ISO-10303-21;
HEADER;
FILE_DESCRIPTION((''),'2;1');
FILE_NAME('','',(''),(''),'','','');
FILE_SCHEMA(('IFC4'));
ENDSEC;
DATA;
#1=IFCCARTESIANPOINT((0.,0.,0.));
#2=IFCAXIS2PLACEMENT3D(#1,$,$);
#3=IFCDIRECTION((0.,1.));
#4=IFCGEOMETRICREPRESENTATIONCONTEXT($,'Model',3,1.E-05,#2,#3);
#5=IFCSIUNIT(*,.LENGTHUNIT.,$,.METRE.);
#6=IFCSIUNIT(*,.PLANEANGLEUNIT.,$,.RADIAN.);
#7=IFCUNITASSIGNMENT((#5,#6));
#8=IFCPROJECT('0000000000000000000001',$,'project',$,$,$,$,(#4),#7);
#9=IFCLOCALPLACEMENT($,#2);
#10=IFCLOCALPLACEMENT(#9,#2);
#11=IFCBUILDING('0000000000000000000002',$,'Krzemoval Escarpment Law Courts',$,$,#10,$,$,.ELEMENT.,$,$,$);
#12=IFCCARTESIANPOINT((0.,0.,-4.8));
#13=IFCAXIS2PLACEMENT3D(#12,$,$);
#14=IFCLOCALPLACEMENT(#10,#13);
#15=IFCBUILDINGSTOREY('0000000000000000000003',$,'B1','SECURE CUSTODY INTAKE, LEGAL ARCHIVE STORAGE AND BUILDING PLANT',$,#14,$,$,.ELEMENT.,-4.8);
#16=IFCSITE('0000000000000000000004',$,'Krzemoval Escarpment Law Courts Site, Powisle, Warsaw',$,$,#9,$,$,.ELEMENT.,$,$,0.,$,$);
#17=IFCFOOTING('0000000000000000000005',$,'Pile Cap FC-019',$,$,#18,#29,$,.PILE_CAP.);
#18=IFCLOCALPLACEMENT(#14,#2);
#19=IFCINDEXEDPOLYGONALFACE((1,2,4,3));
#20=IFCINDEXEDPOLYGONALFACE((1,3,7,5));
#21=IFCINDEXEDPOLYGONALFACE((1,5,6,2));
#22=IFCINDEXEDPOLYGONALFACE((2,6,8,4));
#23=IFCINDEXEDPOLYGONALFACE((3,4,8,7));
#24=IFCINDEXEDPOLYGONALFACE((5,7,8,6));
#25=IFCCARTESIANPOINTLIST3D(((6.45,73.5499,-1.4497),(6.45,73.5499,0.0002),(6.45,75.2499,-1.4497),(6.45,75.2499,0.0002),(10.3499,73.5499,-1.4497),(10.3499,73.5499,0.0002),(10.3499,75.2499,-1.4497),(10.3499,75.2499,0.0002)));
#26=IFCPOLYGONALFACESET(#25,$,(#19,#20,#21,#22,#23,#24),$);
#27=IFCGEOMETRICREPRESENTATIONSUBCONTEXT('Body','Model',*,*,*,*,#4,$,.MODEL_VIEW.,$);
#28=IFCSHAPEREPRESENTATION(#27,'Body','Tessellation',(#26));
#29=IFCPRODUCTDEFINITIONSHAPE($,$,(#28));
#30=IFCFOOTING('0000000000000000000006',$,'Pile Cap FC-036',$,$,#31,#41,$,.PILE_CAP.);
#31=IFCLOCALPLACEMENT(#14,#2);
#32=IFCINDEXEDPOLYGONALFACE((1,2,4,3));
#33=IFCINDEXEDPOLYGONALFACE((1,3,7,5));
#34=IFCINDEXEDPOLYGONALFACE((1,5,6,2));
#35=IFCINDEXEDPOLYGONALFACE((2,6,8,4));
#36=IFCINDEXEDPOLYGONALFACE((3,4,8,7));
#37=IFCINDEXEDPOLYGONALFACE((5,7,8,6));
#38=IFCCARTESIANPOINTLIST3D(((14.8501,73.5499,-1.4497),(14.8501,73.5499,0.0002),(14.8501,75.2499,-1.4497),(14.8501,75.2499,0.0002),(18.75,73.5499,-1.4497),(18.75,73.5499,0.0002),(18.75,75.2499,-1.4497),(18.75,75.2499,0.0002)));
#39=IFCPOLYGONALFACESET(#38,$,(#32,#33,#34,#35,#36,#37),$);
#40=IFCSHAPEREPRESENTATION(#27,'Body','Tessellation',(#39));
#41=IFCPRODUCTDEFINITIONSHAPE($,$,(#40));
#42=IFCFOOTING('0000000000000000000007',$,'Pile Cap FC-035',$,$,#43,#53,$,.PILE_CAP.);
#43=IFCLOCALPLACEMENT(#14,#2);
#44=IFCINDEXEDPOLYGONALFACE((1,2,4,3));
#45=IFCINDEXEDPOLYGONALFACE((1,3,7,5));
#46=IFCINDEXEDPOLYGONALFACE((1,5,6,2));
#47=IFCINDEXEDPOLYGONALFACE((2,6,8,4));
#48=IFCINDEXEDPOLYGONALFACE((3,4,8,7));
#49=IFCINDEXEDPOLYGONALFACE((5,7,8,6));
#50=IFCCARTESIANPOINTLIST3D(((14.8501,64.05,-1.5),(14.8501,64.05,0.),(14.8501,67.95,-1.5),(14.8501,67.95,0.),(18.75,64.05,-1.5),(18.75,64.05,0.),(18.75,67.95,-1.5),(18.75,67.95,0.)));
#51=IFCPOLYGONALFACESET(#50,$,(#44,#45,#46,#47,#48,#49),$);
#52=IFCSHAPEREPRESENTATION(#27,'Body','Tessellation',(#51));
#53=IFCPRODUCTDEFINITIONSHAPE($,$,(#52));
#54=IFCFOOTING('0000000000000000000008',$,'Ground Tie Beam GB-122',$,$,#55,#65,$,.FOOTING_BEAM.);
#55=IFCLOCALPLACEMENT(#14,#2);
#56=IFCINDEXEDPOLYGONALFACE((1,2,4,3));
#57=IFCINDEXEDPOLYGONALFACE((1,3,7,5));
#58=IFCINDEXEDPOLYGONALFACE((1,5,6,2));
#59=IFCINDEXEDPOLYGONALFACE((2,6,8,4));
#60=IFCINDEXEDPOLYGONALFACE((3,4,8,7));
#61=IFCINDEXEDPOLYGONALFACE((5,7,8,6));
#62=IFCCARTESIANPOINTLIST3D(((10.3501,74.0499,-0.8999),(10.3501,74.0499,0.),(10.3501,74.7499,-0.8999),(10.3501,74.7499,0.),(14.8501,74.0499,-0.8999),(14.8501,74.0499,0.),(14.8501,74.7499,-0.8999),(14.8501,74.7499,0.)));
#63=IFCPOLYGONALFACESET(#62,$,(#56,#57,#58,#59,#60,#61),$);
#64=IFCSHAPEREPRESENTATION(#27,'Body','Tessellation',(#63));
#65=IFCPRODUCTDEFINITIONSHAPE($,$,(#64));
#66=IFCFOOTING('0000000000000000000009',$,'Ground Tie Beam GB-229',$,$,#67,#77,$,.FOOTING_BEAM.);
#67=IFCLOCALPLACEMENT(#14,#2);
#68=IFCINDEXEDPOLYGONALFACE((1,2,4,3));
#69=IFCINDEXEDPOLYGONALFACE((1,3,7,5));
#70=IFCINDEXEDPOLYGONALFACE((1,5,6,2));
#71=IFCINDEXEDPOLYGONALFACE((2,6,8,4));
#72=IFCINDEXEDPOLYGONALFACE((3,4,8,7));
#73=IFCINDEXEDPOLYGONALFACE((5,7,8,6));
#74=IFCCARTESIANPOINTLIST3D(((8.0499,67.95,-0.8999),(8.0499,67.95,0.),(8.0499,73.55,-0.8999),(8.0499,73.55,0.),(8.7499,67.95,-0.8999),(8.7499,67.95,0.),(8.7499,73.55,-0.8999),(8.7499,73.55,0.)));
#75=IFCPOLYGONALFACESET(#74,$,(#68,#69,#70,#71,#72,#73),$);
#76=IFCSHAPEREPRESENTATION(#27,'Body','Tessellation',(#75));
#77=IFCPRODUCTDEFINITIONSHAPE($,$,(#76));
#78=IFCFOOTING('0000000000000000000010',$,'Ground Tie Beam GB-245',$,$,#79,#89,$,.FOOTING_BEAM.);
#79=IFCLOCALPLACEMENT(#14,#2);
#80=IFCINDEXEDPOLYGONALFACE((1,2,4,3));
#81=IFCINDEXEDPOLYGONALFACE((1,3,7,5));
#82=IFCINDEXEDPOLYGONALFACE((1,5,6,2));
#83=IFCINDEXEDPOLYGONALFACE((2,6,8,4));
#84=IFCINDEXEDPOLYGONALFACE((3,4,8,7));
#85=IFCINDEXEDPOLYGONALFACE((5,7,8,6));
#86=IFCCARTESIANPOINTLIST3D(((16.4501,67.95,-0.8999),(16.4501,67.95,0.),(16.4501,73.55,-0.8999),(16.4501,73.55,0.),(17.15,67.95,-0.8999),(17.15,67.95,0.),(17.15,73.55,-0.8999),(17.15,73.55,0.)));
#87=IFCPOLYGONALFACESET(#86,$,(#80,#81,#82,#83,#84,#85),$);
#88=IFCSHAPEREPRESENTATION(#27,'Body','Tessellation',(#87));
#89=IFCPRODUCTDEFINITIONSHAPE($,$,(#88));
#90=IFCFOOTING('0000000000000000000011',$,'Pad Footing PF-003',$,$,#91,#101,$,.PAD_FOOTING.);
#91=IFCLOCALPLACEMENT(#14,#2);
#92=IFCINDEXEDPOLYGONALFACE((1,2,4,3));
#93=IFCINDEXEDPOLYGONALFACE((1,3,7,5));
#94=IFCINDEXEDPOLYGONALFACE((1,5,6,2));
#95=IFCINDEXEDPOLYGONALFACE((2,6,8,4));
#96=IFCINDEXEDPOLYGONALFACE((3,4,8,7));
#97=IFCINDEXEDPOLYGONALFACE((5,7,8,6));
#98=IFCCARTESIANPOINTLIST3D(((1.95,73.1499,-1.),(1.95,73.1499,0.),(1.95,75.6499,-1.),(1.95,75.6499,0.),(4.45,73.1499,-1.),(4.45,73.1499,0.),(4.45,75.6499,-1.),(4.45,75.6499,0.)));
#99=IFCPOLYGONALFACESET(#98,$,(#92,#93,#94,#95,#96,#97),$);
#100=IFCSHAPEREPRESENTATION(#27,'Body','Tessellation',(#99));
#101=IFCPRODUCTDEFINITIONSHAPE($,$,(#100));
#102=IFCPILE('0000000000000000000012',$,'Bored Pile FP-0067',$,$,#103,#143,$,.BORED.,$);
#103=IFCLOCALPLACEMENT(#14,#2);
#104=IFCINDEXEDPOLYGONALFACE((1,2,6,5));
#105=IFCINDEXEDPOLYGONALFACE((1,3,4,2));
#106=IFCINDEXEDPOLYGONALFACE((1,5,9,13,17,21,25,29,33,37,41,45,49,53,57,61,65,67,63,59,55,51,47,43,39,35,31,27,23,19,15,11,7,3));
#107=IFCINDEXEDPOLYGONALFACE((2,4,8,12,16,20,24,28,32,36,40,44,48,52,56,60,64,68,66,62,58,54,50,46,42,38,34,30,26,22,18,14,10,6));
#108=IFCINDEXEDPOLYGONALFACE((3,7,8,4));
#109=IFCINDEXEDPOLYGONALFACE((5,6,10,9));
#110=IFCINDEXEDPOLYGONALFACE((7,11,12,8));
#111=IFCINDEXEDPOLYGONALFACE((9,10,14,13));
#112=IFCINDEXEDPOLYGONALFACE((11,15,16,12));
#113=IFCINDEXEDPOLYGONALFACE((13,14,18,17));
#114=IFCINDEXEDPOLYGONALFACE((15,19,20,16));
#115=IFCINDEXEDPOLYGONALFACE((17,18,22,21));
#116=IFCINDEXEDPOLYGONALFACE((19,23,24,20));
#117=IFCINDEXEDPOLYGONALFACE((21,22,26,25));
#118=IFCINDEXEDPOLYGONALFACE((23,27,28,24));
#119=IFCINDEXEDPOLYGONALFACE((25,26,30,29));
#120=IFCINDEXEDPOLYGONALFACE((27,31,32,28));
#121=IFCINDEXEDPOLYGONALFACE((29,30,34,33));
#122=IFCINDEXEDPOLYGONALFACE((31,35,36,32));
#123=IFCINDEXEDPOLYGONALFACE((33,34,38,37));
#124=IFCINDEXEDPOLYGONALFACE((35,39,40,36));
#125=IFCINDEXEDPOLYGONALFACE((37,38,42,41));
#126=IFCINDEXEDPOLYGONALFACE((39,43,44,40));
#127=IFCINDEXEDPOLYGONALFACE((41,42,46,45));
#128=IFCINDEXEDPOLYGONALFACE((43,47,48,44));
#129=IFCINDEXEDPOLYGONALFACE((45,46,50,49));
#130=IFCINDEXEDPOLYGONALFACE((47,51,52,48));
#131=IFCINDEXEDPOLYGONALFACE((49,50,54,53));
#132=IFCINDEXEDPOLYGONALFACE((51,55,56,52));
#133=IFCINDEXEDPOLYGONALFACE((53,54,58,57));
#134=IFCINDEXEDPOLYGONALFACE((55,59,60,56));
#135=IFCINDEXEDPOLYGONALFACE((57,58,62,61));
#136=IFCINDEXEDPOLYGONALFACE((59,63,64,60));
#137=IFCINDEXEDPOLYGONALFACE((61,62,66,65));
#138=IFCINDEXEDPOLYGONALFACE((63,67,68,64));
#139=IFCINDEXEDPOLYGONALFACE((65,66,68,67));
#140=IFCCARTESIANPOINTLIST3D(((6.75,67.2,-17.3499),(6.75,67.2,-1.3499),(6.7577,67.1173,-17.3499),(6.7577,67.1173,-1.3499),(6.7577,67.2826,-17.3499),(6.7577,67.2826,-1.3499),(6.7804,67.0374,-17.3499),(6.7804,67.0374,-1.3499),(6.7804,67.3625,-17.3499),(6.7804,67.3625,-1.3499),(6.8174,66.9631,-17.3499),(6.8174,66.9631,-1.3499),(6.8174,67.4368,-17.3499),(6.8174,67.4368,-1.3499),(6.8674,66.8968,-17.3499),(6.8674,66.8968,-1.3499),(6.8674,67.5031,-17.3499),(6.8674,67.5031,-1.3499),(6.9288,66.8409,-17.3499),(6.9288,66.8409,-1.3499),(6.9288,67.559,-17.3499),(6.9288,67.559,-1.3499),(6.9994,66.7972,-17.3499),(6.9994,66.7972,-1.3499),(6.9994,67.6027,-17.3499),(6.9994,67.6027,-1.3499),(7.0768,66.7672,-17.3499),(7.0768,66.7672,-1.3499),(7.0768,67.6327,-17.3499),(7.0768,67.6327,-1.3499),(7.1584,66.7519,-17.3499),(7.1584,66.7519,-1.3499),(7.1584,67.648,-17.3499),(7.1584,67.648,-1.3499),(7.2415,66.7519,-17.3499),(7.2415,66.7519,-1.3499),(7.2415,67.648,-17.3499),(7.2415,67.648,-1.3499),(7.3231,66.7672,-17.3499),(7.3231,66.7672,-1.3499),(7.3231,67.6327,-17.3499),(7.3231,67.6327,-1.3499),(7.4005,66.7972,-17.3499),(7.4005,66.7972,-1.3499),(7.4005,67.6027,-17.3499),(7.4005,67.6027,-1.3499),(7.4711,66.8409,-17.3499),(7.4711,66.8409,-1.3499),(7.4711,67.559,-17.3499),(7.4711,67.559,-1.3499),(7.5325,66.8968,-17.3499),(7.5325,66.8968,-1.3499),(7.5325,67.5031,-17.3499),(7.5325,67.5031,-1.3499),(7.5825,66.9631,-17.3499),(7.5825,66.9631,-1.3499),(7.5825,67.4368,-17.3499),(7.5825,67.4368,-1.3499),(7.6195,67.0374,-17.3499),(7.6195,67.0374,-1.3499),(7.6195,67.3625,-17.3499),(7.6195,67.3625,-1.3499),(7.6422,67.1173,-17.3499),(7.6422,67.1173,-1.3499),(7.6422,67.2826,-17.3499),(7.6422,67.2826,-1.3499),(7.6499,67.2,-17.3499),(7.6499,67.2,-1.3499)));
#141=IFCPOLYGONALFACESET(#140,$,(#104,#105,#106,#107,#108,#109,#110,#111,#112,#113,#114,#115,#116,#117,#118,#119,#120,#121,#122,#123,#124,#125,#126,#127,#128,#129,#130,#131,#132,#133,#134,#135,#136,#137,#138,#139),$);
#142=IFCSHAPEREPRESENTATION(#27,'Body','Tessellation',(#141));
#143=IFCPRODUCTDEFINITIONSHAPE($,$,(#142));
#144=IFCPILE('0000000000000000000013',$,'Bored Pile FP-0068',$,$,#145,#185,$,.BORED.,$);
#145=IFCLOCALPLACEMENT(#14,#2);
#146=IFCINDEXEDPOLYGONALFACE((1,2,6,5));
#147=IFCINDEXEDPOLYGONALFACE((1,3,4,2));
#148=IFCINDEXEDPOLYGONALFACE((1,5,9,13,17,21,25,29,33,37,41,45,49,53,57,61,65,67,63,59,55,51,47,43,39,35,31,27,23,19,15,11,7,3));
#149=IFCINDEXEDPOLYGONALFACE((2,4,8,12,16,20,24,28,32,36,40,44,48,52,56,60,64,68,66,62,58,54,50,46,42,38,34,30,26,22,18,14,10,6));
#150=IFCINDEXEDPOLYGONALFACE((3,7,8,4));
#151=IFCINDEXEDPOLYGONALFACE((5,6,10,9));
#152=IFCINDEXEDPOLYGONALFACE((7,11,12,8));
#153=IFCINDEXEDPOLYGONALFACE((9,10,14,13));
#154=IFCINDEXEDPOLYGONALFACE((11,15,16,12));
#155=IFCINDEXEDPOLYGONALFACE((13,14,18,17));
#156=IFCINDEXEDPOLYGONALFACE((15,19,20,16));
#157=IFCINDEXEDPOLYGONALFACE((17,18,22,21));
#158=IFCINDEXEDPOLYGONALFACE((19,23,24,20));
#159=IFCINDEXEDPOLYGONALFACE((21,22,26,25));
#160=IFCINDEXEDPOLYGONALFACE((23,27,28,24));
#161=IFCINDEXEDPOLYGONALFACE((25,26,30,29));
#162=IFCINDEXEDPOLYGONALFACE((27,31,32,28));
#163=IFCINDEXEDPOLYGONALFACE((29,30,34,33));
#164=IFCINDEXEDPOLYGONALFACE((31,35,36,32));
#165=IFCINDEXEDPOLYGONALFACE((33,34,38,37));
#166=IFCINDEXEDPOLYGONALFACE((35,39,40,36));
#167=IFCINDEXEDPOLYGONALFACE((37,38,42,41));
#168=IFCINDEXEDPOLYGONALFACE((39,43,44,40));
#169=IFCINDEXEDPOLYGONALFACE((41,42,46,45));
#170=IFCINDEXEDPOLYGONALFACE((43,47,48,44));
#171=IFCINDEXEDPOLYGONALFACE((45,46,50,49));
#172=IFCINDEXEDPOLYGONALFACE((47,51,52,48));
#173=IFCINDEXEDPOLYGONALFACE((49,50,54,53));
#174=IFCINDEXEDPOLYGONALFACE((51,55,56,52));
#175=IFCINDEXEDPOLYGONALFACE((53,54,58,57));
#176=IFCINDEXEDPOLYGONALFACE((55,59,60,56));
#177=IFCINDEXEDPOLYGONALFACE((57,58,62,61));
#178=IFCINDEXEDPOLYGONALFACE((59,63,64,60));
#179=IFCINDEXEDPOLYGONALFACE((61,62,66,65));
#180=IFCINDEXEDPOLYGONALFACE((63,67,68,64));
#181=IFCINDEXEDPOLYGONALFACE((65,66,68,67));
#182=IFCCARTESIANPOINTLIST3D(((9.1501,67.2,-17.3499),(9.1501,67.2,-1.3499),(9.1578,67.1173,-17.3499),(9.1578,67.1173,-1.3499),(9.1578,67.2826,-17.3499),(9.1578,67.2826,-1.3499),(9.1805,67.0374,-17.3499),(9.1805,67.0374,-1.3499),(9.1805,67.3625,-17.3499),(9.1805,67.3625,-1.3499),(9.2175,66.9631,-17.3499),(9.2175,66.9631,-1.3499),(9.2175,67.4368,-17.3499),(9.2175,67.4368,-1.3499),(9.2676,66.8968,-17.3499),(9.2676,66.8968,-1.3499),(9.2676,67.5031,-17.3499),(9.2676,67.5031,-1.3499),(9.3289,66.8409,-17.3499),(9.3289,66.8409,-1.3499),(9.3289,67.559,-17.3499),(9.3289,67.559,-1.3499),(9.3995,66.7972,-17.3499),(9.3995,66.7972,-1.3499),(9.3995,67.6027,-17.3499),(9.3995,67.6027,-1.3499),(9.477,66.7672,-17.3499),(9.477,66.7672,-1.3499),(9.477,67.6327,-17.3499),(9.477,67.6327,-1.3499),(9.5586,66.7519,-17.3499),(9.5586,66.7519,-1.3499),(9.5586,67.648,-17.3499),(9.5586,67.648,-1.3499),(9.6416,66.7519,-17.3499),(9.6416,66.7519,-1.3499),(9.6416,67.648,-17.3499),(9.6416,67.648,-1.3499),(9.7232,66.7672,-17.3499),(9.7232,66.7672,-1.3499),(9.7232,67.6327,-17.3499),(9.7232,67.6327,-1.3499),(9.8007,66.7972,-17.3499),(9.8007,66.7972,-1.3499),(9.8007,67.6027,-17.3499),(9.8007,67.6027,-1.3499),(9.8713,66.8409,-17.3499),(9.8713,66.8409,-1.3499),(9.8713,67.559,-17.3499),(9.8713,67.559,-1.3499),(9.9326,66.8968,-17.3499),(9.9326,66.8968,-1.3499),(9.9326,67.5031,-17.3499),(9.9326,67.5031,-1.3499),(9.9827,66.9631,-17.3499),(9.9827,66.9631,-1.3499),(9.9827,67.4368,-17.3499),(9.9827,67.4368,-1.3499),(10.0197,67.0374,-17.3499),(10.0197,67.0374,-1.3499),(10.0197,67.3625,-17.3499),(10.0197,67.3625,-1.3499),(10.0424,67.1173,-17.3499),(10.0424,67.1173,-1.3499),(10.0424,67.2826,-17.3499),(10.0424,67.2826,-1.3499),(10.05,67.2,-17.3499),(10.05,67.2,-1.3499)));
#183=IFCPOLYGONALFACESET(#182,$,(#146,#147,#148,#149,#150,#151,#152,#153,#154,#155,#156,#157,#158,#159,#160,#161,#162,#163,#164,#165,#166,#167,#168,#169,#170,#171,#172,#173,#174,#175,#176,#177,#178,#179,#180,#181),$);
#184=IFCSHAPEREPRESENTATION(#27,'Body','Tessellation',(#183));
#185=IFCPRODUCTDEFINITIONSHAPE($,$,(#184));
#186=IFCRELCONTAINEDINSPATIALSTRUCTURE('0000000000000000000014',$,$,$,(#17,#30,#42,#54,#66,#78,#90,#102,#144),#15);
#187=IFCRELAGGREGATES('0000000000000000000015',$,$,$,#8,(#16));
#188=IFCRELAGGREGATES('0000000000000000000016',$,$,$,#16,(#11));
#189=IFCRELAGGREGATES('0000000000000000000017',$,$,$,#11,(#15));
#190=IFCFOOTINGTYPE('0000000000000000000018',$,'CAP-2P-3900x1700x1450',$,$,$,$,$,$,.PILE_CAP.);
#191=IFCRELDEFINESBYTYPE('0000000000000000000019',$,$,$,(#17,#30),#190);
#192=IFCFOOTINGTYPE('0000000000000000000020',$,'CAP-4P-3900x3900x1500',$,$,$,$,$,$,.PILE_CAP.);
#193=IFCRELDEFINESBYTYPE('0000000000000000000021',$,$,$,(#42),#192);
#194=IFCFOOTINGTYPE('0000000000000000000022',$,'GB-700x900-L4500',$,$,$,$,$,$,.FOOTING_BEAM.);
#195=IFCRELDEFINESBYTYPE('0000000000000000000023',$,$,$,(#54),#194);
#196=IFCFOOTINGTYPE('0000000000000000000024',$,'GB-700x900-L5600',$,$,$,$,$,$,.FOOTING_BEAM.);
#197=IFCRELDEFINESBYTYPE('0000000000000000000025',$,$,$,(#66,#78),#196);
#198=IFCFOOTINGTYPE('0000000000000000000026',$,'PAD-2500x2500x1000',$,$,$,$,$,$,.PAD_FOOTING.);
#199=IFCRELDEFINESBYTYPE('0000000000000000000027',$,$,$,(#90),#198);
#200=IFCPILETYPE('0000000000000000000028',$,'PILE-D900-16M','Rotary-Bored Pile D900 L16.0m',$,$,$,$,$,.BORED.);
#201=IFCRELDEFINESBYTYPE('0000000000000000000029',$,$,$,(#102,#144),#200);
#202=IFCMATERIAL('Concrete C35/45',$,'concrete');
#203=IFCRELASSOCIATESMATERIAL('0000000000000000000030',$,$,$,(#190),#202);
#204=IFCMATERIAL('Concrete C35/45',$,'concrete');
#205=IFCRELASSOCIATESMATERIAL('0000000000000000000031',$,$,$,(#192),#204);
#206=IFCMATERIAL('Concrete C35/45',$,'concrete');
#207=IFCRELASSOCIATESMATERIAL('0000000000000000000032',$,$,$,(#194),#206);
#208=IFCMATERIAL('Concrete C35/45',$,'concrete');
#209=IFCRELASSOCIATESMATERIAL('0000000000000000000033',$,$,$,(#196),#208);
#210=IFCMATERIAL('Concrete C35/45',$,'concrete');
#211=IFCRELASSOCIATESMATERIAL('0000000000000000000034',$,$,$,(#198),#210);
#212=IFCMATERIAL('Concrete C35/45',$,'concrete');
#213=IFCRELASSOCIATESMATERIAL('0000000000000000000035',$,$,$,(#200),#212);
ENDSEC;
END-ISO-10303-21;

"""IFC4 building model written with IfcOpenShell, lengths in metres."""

from ifc_helpers import new_model, si_unit, direction, frame, origin, origin_2d, place, context, subcontext, project, spatial, rectangle, circle, extrude, material, material_profile, profile_set, type_object, element, save


model = new_model("IFC4")

# Units and contexts
model_context = context("Model", 3, precision=1e-05, world=origin(), true_north=direction((0.0, 1.0)))
body_context = subcontext(model_context, "Body", "Model", "MODEL_VIEW")
ifc_project = project(units=[si_unit("LENGTHUNIT", "METRE"), si_unit("PLANEANGLEUNIT", "RADIAN")], contexts=[model_context])

# Site, building, storey
site_placement = place(None, origin())
site = spatial("IfcSite", under=ifc_project, at=site_placement, Name="Krzemoval Escarpment Law Courts Site, Powisle, Warsaw", CompositionType="ELEMENT", RefElevation=0.0)
building_placement = place(site_placement, origin())
building = spatial("IfcBuilding", under=site, at=building_placement, Name="Krzemoval Escarpment Law Courts", CompositionType="ELEMENT")
storey_placement = place(building_placement, frame((0.0, 0.0, -4.8)))
storey = spatial("IfcBuildingStorey", under=building, at=storey_placement, Name="B1", Description="SECURE CUSTODY INTAKE, LEGAL ARCHIVE STORAGE AND BUILDING PLANT", CompositionType="ELEMENT", Elevation=-4.8)

# Footings
ifc_material_1 = material(Name="Concrete C35/45", Category="concrete")
footing_type_1 = type_object("IfcFootingType", Name="CAP-2P-3900x1700x1450", PredefinedType="PILE_CAP", material=ifc_material_1)
for number, where, z_axis, x_axis, name in (
    (1, (8.3999, 74.3999, -1.4497), (0.0, 0.0, 1.0), (1.0, 0.0, 0.0), "Pile Cap FC-019"),
    (2, (16.8, 74.3999, -1.4497), (0.0, 0.0, 1.0), (1.0, 0.0, 0.0), "Pile Cap FC-036"),
):
    element("IfcFooting", number, at=place(storey_placement, frame(where, z_axis=z_axis, x_axis=x_axis)), inside=storey, type_object=footing_type_1, Name=name, PredefinedType="PILE_CAP", context=body_context, shape_type="SweptSolid", body=[
        extrude(rectangle(XDim=3.8999, YDim=1.7, at=origin_2d()), origin(), (0.0, 0.0, 1.0), 1.45),
    ])
ifc_material_2 = material(Name="Concrete C35/45", Category="concrete")
footing_type_2 = type_object("IfcFootingType", Name="CAP-4P-3900x3900x1500", PredefinedType="PILE_CAP", material=ifc_material_2)
footing_1_placement = place(storey_placement, frame((16.8, 66.0, -1.5), z_axis=(0.0, 0.0, 1.0), x_axis=(1.0, 0.0, 0.0)))
element("IfcFooting", 3, at=footing_1_placement, inside=storey, type_object=footing_type_2, Name="Pile Cap FC-035", PredefinedType="PILE_CAP", context=body_context, shape_type="SweptSolid", body=[
    extrude(rectangle(XDim=3.8999, YDim=3.8999, at=origin_2d()), origin(), (0.0, 0.0, 1.0), 1.5),
])
ifc_material_3 = material(Name="Concrete C35/45", Category="concrete")
footing_type_3 = type_object("IfcFootingType", Name="GB-700x900-L4500", PredefinedType="FOOTING_BEAM", material=ifc_material_3)
footing_2_placement = place(storey_placement, frame((12.6001, 74.3999, -0.8999), z_axis=(0.0, 0.0, 1.0), x_axis=(1.0, 0.0, 0.0)))
element("IfcFooting", 4, at=footing_2_placement, inside=storey, type_object=footing_type_3, Name="Ground Tie Beam GB-122", PredefinedType="FOOTING_BEAM", context=body_context, shape_type="SweptSolid", body=[
    extrude(rectangle(XDim=4.5, YDim=0.7, at=origin_2d()), origin(), (0.0, 0.0, 1.0), 0.8999),
])
ifc_material_4 = material(Name="Concrete C35/45", Category="concrete")
footing_type_4 = type_object("IfcFootingType", Name="GB-700x900-L5600", PredefinedType="FOOTING_BEAM", material=ifc_material_4)
for number, where, z_axis, x_axis, name in (
    (5, (8.3999, 70.75, -0.8999), (0.0, 0.0, 1.0), (0.0, 1.0, 0.0), "Ground Tie Beam GB-229"),
    (6, (16.8, 70.75, -0.8999), (0.0, 0.0, 1.0), (0.0, 1.0, 0.0), "Ground Tie Beam GB-245"),
):
    element("IfcFooting", number, at=place(storey_placement, frame(where, z_axis=z_axis, x_axis=x_axis)), inside=storey, type_object=footing_type_4, Name=name, PredefinedType="FOOTING_BEAM", context=body_context, shape_type="SweptSolid", body=[
        extrude(rectangle(XDim=5.6001, YDim=0.7, at=origin_2d()), origin(), (0.0, 0.0, 1.0), 0.8999),
    ])
ifc_material_5 = material(Name="Concrete C35/45", Category="concrete")
footing_type_5 = type_object("IfcFootingType", Name="PAD-2500x2500x1000", PredefinedType="PAD_FOOTING", material=ifc_material_5)
footing_3_placement = place(storey_placement, frame((3.2, 74.3999, -1.0), z_axis=(0.0, 0.0, 1.0), x_axis=(1.0, 0.0, 0.0)))
element("IfcFooting", 7, at=footing_3_placement, inside=storey, type_object=footing_type_5, Name="Pad Footing PF-003", PredefinedType="PAD_FOOTING", context=body_context, shape_type="SweptSolid", body=[
    extrude(rectangle(XDim=2.5, YDim=2.5, at=origin_2d()), origin(), (0.0, 0.0, 1.0), 1.0),
])

# Piles
ifc_material_6 = material(Name="Concrete C35/45", Category="concrete")
ifc_material_profile_1 = material_profile(ifc_material_6, circle(Radius=0.45, at=origin_2d()), Name="PILE D900")
ifc_profile_set_1 = profile_set([ifc_material_profile_1], Name="Concrete C35/45")
pile_type = type_object("IfcPileType", Name="PILE-D900-16M", Description="Rotary-Bored Pile D900 L16.0m", PredefinedType="BORED", material=ifc_profile_set_1)
for number, where, z_axis, x_axis, name in (
    (8, (7.2, 67.2, -1.3499), (0.0, 0.0, -1.0), (1.0, 0.0, 0.0), "Bored Pile FP-0067"),
    (9, (9.6001, 67.2, -1.3499), (0.0, 0.0, -1.0), (1.0, 0.0, 0.0), "Bored Pile FP-0068"),
):
    element("IfcPile", number, at=place(storey_placement, frame(where, z_axis=z_axis, x_axis=x_axis)), inside=storey, type_object=pile_type, Name=name, PredefinedType="BORED", context=body_context, shape_type="SweptSolid", body=[
        extrude(circle(Radius=0.45, at=origin_2d()), origin(), (0.0, 0.0, 1.0), 16.0),
    ])

save(model, "model.ifc")
